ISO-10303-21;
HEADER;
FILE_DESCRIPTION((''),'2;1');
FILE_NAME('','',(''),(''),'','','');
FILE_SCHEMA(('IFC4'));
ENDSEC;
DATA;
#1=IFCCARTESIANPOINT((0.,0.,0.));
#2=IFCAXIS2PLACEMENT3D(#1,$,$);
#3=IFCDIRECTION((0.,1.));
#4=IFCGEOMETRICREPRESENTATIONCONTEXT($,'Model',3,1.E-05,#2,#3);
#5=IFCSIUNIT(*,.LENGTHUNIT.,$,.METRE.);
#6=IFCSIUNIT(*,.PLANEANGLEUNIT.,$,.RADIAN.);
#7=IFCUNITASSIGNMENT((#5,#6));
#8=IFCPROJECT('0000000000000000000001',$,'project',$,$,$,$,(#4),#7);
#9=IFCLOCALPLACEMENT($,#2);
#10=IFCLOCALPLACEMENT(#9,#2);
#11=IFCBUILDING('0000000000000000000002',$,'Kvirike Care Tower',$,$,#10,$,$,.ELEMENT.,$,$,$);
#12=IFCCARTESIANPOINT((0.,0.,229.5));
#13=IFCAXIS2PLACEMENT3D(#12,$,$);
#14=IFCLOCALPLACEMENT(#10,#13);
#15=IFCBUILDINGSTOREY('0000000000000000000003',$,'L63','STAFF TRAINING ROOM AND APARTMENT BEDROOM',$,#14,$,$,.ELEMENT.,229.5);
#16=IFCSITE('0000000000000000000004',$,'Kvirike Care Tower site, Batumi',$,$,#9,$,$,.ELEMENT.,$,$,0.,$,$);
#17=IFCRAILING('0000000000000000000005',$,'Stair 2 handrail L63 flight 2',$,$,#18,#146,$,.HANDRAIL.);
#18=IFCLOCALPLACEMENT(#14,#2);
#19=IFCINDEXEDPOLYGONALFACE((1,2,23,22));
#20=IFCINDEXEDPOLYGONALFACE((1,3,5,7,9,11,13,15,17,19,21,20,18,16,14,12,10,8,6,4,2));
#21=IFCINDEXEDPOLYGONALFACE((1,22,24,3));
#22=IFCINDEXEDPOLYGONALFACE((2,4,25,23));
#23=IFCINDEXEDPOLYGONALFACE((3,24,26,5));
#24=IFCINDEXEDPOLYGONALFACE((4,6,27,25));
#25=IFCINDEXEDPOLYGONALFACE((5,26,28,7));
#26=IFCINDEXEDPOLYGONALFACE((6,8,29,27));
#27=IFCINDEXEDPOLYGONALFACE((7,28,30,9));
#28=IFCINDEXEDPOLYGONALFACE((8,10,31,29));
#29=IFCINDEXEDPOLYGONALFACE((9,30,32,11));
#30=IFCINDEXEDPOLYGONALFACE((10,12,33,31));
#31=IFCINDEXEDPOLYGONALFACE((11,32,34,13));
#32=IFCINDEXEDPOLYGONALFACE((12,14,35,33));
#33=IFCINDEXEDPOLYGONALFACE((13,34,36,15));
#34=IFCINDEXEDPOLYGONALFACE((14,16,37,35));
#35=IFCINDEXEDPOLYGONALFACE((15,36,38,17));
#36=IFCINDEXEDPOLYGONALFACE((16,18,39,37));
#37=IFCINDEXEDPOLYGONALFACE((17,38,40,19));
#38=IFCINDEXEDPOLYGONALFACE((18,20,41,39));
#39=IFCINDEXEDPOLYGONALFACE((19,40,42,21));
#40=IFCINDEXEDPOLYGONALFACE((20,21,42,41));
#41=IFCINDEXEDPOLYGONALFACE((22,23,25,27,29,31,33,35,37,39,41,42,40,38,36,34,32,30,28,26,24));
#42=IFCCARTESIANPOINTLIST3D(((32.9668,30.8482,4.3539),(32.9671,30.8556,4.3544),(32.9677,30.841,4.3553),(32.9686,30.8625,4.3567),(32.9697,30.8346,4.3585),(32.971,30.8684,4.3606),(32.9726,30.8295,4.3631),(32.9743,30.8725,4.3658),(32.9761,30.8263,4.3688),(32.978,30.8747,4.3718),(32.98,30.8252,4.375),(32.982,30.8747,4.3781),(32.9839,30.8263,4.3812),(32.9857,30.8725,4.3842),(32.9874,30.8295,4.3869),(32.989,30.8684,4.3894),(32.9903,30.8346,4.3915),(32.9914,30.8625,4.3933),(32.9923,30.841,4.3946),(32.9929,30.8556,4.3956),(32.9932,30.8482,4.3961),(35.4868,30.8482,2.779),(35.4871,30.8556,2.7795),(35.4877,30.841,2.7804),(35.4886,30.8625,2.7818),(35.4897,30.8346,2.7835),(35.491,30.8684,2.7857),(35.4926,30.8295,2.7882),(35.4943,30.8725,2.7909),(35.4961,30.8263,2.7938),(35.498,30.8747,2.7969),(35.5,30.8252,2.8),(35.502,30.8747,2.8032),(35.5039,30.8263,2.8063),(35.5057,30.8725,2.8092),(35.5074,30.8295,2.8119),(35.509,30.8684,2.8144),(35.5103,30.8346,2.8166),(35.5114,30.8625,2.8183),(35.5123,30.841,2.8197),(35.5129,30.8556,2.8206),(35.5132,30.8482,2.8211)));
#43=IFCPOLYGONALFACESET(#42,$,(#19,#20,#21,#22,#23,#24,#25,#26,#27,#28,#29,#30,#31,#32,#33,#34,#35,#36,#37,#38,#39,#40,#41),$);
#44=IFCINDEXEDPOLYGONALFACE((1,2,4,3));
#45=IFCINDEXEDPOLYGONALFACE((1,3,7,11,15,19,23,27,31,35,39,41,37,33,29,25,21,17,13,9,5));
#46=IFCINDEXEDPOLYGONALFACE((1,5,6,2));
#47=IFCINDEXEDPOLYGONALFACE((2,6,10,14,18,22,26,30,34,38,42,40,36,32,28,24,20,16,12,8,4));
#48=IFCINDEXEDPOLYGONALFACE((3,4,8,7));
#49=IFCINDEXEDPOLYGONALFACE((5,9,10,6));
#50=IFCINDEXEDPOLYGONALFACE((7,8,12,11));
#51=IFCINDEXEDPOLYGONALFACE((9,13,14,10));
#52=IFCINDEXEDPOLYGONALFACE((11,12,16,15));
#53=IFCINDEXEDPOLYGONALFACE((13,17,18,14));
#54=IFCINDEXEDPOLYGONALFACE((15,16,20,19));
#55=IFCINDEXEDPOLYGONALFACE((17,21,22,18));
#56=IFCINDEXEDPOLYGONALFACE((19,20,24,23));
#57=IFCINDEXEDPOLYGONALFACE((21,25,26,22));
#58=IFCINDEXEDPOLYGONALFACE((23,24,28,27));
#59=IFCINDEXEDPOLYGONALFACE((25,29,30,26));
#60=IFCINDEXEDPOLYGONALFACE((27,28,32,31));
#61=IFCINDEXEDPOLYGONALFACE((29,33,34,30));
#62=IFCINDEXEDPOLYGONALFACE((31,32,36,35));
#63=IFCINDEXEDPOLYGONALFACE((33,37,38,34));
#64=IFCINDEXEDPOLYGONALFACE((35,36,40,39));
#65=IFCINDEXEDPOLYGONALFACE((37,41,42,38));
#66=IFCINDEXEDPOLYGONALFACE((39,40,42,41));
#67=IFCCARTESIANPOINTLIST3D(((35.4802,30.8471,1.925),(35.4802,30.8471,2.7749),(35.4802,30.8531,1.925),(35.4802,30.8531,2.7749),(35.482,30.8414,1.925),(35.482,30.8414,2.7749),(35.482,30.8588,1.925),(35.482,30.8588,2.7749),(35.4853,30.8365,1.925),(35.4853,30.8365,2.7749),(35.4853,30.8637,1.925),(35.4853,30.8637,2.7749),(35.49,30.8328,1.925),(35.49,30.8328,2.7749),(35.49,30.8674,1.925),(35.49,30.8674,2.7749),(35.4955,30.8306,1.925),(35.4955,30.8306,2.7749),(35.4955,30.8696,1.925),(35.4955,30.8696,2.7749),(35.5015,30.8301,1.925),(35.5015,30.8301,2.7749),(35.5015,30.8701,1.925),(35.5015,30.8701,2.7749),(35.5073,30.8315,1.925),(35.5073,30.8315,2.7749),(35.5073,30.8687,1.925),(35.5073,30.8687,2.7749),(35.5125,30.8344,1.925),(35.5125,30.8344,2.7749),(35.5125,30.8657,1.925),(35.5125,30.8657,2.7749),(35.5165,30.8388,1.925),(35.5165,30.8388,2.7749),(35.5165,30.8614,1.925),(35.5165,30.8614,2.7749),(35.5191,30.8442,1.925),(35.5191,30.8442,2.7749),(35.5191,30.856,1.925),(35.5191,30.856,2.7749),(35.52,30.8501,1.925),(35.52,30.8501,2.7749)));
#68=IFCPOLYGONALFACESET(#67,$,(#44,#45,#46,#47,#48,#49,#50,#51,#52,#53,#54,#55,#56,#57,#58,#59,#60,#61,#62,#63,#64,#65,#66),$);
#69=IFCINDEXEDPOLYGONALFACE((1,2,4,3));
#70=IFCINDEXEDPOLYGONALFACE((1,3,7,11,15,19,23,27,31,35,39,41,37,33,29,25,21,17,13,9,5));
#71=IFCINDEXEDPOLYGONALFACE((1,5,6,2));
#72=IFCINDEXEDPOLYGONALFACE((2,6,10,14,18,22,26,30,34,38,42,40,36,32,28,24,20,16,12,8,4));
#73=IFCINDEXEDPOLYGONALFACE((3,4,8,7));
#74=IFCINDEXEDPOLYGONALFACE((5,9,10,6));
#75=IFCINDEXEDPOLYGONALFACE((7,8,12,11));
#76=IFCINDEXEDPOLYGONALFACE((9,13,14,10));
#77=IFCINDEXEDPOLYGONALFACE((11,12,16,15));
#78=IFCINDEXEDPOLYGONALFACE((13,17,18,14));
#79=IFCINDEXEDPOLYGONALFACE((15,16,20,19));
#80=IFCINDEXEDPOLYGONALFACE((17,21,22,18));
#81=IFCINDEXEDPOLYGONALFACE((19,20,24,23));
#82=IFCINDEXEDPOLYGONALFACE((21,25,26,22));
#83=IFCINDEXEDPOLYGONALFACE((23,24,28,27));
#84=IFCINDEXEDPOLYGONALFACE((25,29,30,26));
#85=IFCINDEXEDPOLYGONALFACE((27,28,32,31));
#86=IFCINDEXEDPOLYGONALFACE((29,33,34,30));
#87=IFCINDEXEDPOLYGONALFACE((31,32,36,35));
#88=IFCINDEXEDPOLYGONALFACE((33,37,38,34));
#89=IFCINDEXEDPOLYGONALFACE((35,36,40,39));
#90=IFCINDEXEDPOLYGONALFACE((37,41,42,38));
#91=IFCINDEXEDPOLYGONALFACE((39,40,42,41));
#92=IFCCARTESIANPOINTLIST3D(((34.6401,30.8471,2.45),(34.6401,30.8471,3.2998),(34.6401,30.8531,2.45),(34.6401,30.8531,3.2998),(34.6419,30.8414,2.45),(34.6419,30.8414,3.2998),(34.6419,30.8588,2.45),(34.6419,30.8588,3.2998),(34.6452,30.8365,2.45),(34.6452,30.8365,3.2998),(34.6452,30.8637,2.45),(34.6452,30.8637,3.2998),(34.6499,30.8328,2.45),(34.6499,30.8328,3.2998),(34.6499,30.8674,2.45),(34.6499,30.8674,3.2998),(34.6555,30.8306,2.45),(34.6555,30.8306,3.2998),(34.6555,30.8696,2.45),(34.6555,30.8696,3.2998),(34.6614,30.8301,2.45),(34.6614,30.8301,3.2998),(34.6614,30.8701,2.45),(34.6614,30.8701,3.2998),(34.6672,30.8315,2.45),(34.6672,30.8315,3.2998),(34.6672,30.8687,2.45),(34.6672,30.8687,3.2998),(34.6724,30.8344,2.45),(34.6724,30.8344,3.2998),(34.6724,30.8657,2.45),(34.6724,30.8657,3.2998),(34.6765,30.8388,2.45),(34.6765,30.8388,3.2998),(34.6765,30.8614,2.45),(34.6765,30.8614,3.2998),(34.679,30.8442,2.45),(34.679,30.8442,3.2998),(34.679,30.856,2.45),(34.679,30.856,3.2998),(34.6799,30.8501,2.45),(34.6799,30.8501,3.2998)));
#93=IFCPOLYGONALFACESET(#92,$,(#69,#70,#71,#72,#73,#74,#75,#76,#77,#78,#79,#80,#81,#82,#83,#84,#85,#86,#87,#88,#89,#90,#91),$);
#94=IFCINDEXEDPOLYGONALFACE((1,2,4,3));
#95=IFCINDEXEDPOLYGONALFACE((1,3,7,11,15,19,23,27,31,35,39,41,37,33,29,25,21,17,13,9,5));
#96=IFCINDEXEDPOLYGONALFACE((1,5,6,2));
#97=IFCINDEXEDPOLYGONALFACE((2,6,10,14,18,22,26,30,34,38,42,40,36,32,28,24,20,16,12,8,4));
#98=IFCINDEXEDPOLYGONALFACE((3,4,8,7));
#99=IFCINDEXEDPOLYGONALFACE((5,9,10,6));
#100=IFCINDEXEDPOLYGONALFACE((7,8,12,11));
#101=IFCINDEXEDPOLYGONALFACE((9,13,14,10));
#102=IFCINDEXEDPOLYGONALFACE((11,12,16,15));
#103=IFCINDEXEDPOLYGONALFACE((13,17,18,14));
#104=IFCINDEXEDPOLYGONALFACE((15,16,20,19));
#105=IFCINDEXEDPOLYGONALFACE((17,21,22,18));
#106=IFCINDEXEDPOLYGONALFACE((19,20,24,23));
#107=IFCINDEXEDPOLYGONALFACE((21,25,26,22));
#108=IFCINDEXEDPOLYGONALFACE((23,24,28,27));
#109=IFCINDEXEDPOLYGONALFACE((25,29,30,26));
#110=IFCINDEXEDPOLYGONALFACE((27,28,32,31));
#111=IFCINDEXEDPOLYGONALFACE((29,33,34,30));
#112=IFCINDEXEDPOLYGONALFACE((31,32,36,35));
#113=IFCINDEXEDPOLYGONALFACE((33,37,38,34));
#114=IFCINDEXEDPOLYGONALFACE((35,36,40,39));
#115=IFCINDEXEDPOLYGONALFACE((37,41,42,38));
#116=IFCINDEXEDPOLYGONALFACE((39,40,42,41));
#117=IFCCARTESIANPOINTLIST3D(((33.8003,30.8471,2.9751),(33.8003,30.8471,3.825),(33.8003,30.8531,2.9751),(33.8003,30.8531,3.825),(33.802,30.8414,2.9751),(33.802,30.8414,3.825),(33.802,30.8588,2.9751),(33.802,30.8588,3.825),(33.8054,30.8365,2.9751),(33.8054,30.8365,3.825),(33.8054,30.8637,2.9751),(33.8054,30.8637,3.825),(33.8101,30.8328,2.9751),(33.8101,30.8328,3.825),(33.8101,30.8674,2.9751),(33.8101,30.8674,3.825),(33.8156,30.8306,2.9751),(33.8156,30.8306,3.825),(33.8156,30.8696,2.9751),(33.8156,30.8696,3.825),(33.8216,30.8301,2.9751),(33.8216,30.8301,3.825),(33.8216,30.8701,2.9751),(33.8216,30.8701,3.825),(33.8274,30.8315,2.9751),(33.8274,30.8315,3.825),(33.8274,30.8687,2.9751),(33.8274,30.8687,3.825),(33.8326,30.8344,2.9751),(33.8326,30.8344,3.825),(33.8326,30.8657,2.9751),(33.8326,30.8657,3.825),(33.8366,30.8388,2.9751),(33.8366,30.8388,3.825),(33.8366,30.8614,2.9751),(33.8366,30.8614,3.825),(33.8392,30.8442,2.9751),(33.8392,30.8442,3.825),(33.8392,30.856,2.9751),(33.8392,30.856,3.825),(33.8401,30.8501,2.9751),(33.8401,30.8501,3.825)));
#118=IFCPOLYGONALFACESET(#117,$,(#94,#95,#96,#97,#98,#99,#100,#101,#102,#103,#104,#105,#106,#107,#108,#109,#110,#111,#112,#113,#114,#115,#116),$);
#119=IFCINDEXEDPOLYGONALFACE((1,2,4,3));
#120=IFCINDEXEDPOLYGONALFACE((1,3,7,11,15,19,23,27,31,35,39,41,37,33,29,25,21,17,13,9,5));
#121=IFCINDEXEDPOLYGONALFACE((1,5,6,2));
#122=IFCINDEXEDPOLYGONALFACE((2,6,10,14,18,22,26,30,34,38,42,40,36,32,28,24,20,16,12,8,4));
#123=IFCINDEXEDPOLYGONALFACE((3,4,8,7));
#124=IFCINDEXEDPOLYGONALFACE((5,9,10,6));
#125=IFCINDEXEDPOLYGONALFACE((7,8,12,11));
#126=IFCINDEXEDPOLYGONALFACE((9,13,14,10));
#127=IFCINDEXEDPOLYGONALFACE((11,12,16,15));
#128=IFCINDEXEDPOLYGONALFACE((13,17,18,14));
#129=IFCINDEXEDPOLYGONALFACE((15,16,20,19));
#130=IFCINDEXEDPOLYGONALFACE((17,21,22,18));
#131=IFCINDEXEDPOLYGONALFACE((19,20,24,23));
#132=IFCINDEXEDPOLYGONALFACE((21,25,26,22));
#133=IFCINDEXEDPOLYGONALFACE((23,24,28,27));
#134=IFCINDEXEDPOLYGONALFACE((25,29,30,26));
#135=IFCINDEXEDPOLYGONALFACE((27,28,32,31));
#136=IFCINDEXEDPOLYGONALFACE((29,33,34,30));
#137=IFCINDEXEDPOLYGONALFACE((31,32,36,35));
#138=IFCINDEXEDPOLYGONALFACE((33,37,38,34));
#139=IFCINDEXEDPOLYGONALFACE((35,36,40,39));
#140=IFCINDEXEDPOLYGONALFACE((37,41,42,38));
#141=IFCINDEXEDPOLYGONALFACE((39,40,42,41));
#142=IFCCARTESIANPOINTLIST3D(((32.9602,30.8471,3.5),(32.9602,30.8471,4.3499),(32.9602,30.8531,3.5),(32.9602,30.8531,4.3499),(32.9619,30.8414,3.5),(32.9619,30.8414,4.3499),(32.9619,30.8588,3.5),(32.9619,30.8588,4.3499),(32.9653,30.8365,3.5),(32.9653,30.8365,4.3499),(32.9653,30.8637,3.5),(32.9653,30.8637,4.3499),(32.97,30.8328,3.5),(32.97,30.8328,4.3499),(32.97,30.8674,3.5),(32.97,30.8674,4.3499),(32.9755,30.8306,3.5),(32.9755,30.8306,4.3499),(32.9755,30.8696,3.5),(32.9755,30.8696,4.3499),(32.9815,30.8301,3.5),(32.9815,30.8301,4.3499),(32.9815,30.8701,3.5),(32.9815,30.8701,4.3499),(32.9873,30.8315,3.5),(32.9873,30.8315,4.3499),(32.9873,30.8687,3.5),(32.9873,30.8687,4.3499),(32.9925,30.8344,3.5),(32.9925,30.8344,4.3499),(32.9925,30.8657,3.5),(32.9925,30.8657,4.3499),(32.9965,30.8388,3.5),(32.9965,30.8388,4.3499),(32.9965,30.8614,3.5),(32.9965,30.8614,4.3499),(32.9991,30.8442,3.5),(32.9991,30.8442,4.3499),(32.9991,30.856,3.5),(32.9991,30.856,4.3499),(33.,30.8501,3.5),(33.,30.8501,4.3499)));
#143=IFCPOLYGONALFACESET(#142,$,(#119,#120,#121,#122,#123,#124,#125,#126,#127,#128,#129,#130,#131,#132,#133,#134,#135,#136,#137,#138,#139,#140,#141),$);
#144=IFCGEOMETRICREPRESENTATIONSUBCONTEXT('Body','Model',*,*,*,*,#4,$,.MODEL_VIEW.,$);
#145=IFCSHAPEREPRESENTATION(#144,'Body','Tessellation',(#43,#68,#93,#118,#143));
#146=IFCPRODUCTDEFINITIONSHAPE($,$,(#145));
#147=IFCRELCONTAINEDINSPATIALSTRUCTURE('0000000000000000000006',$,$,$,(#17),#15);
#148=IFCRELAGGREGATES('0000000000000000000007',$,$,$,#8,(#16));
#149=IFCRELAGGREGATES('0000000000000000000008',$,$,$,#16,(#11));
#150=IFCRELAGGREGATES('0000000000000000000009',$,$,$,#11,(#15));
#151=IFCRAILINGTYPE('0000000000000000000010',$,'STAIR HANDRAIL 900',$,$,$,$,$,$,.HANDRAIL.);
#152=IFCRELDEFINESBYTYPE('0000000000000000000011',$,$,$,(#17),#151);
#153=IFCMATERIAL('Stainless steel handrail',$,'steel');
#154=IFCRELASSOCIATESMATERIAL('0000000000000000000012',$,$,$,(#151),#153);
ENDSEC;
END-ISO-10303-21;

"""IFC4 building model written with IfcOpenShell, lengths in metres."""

from ifc_helpers import new_model, si_unit, direction, frame, origin, origin_2d, place, context, subcontext, project, spatial, circle, extrude, material, type_object, element, save


model = new_model("IFC4")

# Units and contexts
model_context = context("Model", 3, precision=1e-05, world=origin(), true_north=direction((0.0, 1.0)))
body_context = subcontext(model_context, "Body", "Model", "MODEL_VIEW")
ifc_project = project(units=[si_unit("LENGTHUNIT", "METRE"), si_unit("PLANEANGLEUNIT", "RADIAN")], contexts=[model_context])

# Site, building, storey
site_placement = place(None, origin())
site = spatial("IfcSite", under=ifc_project, at=site_placement, Name="Kvirike Care Tower site, Batumi", CompositionType="ELEMENT", RefElevation=0.0)
building_placement = place(site_placement, origin())
building = spatial("IfcBuilding", under=site, at=building_placement, Name="Kvirike Care Tower", CompositionType="ELEMENT")
storey_placement = place(building_placement, frame((0.0, 0.0, 229.5)))
storey = spatial("IfcBuildingStorey", under=building, at=storey_placement, Name="L63", Description="STAFF TRAINING ROOM AND APARTMENT BEDROOM", CompositionType="ELEMENT", Elevation=229.5)

# Railing
ifc_material_1 = material(Name="Stainless steel handrail", Category="steel")
railing_type = type_object("IfcRailingType", Name="STAIR HANDRAIL 900", PredefinedType="HANDRAIL", material=ifc_material_1)
railing_1_placement = place(storey_placement, frame((35.5, 30.8501, 1.925)))
element("IfcRailing", 1, at=railing_1_placement, inside=storey, type_object=railing_type, Name="Stair 2 handrail L63 flight 2", PredefinedType="HANDRAIL", context=body_context, shape_type="SweptSolid", body=[
    extrude(circle(Radius=0.0249, at=origin_2d()), frame((0.0, 0.0, 0.875), z_axis=(-0.848008, 0.0, 0.529984), x_axis=(0.0, -1.0, 0.0)), (0.0, 0.0, 1.0), 2.9717),
    extrude(circle(Radius=0.02, at=origin_2d()), origin(), (0.0, 0.0, 1.0), 0.8499),
    extrude(circle(Radius=0.02, at=origin_2d()), frame((-0.8401, 0.0, 0.5249)), (0.0, 0.0, 1.0), 0.8499),
    extrude(circle(Radius=0.02, at=origin_2d()), frame((-1.6799, 0.0, 1.05)), (0.0, 0.0, 1.0), 0.8499),
    extrude(circle(Radius=0.02, at=origin_2d()), frame((-2.52, 0.0, 1.575)), (0.0, 0.0, 1.0), 0.8499),
])

save(model, "model.ifc")
